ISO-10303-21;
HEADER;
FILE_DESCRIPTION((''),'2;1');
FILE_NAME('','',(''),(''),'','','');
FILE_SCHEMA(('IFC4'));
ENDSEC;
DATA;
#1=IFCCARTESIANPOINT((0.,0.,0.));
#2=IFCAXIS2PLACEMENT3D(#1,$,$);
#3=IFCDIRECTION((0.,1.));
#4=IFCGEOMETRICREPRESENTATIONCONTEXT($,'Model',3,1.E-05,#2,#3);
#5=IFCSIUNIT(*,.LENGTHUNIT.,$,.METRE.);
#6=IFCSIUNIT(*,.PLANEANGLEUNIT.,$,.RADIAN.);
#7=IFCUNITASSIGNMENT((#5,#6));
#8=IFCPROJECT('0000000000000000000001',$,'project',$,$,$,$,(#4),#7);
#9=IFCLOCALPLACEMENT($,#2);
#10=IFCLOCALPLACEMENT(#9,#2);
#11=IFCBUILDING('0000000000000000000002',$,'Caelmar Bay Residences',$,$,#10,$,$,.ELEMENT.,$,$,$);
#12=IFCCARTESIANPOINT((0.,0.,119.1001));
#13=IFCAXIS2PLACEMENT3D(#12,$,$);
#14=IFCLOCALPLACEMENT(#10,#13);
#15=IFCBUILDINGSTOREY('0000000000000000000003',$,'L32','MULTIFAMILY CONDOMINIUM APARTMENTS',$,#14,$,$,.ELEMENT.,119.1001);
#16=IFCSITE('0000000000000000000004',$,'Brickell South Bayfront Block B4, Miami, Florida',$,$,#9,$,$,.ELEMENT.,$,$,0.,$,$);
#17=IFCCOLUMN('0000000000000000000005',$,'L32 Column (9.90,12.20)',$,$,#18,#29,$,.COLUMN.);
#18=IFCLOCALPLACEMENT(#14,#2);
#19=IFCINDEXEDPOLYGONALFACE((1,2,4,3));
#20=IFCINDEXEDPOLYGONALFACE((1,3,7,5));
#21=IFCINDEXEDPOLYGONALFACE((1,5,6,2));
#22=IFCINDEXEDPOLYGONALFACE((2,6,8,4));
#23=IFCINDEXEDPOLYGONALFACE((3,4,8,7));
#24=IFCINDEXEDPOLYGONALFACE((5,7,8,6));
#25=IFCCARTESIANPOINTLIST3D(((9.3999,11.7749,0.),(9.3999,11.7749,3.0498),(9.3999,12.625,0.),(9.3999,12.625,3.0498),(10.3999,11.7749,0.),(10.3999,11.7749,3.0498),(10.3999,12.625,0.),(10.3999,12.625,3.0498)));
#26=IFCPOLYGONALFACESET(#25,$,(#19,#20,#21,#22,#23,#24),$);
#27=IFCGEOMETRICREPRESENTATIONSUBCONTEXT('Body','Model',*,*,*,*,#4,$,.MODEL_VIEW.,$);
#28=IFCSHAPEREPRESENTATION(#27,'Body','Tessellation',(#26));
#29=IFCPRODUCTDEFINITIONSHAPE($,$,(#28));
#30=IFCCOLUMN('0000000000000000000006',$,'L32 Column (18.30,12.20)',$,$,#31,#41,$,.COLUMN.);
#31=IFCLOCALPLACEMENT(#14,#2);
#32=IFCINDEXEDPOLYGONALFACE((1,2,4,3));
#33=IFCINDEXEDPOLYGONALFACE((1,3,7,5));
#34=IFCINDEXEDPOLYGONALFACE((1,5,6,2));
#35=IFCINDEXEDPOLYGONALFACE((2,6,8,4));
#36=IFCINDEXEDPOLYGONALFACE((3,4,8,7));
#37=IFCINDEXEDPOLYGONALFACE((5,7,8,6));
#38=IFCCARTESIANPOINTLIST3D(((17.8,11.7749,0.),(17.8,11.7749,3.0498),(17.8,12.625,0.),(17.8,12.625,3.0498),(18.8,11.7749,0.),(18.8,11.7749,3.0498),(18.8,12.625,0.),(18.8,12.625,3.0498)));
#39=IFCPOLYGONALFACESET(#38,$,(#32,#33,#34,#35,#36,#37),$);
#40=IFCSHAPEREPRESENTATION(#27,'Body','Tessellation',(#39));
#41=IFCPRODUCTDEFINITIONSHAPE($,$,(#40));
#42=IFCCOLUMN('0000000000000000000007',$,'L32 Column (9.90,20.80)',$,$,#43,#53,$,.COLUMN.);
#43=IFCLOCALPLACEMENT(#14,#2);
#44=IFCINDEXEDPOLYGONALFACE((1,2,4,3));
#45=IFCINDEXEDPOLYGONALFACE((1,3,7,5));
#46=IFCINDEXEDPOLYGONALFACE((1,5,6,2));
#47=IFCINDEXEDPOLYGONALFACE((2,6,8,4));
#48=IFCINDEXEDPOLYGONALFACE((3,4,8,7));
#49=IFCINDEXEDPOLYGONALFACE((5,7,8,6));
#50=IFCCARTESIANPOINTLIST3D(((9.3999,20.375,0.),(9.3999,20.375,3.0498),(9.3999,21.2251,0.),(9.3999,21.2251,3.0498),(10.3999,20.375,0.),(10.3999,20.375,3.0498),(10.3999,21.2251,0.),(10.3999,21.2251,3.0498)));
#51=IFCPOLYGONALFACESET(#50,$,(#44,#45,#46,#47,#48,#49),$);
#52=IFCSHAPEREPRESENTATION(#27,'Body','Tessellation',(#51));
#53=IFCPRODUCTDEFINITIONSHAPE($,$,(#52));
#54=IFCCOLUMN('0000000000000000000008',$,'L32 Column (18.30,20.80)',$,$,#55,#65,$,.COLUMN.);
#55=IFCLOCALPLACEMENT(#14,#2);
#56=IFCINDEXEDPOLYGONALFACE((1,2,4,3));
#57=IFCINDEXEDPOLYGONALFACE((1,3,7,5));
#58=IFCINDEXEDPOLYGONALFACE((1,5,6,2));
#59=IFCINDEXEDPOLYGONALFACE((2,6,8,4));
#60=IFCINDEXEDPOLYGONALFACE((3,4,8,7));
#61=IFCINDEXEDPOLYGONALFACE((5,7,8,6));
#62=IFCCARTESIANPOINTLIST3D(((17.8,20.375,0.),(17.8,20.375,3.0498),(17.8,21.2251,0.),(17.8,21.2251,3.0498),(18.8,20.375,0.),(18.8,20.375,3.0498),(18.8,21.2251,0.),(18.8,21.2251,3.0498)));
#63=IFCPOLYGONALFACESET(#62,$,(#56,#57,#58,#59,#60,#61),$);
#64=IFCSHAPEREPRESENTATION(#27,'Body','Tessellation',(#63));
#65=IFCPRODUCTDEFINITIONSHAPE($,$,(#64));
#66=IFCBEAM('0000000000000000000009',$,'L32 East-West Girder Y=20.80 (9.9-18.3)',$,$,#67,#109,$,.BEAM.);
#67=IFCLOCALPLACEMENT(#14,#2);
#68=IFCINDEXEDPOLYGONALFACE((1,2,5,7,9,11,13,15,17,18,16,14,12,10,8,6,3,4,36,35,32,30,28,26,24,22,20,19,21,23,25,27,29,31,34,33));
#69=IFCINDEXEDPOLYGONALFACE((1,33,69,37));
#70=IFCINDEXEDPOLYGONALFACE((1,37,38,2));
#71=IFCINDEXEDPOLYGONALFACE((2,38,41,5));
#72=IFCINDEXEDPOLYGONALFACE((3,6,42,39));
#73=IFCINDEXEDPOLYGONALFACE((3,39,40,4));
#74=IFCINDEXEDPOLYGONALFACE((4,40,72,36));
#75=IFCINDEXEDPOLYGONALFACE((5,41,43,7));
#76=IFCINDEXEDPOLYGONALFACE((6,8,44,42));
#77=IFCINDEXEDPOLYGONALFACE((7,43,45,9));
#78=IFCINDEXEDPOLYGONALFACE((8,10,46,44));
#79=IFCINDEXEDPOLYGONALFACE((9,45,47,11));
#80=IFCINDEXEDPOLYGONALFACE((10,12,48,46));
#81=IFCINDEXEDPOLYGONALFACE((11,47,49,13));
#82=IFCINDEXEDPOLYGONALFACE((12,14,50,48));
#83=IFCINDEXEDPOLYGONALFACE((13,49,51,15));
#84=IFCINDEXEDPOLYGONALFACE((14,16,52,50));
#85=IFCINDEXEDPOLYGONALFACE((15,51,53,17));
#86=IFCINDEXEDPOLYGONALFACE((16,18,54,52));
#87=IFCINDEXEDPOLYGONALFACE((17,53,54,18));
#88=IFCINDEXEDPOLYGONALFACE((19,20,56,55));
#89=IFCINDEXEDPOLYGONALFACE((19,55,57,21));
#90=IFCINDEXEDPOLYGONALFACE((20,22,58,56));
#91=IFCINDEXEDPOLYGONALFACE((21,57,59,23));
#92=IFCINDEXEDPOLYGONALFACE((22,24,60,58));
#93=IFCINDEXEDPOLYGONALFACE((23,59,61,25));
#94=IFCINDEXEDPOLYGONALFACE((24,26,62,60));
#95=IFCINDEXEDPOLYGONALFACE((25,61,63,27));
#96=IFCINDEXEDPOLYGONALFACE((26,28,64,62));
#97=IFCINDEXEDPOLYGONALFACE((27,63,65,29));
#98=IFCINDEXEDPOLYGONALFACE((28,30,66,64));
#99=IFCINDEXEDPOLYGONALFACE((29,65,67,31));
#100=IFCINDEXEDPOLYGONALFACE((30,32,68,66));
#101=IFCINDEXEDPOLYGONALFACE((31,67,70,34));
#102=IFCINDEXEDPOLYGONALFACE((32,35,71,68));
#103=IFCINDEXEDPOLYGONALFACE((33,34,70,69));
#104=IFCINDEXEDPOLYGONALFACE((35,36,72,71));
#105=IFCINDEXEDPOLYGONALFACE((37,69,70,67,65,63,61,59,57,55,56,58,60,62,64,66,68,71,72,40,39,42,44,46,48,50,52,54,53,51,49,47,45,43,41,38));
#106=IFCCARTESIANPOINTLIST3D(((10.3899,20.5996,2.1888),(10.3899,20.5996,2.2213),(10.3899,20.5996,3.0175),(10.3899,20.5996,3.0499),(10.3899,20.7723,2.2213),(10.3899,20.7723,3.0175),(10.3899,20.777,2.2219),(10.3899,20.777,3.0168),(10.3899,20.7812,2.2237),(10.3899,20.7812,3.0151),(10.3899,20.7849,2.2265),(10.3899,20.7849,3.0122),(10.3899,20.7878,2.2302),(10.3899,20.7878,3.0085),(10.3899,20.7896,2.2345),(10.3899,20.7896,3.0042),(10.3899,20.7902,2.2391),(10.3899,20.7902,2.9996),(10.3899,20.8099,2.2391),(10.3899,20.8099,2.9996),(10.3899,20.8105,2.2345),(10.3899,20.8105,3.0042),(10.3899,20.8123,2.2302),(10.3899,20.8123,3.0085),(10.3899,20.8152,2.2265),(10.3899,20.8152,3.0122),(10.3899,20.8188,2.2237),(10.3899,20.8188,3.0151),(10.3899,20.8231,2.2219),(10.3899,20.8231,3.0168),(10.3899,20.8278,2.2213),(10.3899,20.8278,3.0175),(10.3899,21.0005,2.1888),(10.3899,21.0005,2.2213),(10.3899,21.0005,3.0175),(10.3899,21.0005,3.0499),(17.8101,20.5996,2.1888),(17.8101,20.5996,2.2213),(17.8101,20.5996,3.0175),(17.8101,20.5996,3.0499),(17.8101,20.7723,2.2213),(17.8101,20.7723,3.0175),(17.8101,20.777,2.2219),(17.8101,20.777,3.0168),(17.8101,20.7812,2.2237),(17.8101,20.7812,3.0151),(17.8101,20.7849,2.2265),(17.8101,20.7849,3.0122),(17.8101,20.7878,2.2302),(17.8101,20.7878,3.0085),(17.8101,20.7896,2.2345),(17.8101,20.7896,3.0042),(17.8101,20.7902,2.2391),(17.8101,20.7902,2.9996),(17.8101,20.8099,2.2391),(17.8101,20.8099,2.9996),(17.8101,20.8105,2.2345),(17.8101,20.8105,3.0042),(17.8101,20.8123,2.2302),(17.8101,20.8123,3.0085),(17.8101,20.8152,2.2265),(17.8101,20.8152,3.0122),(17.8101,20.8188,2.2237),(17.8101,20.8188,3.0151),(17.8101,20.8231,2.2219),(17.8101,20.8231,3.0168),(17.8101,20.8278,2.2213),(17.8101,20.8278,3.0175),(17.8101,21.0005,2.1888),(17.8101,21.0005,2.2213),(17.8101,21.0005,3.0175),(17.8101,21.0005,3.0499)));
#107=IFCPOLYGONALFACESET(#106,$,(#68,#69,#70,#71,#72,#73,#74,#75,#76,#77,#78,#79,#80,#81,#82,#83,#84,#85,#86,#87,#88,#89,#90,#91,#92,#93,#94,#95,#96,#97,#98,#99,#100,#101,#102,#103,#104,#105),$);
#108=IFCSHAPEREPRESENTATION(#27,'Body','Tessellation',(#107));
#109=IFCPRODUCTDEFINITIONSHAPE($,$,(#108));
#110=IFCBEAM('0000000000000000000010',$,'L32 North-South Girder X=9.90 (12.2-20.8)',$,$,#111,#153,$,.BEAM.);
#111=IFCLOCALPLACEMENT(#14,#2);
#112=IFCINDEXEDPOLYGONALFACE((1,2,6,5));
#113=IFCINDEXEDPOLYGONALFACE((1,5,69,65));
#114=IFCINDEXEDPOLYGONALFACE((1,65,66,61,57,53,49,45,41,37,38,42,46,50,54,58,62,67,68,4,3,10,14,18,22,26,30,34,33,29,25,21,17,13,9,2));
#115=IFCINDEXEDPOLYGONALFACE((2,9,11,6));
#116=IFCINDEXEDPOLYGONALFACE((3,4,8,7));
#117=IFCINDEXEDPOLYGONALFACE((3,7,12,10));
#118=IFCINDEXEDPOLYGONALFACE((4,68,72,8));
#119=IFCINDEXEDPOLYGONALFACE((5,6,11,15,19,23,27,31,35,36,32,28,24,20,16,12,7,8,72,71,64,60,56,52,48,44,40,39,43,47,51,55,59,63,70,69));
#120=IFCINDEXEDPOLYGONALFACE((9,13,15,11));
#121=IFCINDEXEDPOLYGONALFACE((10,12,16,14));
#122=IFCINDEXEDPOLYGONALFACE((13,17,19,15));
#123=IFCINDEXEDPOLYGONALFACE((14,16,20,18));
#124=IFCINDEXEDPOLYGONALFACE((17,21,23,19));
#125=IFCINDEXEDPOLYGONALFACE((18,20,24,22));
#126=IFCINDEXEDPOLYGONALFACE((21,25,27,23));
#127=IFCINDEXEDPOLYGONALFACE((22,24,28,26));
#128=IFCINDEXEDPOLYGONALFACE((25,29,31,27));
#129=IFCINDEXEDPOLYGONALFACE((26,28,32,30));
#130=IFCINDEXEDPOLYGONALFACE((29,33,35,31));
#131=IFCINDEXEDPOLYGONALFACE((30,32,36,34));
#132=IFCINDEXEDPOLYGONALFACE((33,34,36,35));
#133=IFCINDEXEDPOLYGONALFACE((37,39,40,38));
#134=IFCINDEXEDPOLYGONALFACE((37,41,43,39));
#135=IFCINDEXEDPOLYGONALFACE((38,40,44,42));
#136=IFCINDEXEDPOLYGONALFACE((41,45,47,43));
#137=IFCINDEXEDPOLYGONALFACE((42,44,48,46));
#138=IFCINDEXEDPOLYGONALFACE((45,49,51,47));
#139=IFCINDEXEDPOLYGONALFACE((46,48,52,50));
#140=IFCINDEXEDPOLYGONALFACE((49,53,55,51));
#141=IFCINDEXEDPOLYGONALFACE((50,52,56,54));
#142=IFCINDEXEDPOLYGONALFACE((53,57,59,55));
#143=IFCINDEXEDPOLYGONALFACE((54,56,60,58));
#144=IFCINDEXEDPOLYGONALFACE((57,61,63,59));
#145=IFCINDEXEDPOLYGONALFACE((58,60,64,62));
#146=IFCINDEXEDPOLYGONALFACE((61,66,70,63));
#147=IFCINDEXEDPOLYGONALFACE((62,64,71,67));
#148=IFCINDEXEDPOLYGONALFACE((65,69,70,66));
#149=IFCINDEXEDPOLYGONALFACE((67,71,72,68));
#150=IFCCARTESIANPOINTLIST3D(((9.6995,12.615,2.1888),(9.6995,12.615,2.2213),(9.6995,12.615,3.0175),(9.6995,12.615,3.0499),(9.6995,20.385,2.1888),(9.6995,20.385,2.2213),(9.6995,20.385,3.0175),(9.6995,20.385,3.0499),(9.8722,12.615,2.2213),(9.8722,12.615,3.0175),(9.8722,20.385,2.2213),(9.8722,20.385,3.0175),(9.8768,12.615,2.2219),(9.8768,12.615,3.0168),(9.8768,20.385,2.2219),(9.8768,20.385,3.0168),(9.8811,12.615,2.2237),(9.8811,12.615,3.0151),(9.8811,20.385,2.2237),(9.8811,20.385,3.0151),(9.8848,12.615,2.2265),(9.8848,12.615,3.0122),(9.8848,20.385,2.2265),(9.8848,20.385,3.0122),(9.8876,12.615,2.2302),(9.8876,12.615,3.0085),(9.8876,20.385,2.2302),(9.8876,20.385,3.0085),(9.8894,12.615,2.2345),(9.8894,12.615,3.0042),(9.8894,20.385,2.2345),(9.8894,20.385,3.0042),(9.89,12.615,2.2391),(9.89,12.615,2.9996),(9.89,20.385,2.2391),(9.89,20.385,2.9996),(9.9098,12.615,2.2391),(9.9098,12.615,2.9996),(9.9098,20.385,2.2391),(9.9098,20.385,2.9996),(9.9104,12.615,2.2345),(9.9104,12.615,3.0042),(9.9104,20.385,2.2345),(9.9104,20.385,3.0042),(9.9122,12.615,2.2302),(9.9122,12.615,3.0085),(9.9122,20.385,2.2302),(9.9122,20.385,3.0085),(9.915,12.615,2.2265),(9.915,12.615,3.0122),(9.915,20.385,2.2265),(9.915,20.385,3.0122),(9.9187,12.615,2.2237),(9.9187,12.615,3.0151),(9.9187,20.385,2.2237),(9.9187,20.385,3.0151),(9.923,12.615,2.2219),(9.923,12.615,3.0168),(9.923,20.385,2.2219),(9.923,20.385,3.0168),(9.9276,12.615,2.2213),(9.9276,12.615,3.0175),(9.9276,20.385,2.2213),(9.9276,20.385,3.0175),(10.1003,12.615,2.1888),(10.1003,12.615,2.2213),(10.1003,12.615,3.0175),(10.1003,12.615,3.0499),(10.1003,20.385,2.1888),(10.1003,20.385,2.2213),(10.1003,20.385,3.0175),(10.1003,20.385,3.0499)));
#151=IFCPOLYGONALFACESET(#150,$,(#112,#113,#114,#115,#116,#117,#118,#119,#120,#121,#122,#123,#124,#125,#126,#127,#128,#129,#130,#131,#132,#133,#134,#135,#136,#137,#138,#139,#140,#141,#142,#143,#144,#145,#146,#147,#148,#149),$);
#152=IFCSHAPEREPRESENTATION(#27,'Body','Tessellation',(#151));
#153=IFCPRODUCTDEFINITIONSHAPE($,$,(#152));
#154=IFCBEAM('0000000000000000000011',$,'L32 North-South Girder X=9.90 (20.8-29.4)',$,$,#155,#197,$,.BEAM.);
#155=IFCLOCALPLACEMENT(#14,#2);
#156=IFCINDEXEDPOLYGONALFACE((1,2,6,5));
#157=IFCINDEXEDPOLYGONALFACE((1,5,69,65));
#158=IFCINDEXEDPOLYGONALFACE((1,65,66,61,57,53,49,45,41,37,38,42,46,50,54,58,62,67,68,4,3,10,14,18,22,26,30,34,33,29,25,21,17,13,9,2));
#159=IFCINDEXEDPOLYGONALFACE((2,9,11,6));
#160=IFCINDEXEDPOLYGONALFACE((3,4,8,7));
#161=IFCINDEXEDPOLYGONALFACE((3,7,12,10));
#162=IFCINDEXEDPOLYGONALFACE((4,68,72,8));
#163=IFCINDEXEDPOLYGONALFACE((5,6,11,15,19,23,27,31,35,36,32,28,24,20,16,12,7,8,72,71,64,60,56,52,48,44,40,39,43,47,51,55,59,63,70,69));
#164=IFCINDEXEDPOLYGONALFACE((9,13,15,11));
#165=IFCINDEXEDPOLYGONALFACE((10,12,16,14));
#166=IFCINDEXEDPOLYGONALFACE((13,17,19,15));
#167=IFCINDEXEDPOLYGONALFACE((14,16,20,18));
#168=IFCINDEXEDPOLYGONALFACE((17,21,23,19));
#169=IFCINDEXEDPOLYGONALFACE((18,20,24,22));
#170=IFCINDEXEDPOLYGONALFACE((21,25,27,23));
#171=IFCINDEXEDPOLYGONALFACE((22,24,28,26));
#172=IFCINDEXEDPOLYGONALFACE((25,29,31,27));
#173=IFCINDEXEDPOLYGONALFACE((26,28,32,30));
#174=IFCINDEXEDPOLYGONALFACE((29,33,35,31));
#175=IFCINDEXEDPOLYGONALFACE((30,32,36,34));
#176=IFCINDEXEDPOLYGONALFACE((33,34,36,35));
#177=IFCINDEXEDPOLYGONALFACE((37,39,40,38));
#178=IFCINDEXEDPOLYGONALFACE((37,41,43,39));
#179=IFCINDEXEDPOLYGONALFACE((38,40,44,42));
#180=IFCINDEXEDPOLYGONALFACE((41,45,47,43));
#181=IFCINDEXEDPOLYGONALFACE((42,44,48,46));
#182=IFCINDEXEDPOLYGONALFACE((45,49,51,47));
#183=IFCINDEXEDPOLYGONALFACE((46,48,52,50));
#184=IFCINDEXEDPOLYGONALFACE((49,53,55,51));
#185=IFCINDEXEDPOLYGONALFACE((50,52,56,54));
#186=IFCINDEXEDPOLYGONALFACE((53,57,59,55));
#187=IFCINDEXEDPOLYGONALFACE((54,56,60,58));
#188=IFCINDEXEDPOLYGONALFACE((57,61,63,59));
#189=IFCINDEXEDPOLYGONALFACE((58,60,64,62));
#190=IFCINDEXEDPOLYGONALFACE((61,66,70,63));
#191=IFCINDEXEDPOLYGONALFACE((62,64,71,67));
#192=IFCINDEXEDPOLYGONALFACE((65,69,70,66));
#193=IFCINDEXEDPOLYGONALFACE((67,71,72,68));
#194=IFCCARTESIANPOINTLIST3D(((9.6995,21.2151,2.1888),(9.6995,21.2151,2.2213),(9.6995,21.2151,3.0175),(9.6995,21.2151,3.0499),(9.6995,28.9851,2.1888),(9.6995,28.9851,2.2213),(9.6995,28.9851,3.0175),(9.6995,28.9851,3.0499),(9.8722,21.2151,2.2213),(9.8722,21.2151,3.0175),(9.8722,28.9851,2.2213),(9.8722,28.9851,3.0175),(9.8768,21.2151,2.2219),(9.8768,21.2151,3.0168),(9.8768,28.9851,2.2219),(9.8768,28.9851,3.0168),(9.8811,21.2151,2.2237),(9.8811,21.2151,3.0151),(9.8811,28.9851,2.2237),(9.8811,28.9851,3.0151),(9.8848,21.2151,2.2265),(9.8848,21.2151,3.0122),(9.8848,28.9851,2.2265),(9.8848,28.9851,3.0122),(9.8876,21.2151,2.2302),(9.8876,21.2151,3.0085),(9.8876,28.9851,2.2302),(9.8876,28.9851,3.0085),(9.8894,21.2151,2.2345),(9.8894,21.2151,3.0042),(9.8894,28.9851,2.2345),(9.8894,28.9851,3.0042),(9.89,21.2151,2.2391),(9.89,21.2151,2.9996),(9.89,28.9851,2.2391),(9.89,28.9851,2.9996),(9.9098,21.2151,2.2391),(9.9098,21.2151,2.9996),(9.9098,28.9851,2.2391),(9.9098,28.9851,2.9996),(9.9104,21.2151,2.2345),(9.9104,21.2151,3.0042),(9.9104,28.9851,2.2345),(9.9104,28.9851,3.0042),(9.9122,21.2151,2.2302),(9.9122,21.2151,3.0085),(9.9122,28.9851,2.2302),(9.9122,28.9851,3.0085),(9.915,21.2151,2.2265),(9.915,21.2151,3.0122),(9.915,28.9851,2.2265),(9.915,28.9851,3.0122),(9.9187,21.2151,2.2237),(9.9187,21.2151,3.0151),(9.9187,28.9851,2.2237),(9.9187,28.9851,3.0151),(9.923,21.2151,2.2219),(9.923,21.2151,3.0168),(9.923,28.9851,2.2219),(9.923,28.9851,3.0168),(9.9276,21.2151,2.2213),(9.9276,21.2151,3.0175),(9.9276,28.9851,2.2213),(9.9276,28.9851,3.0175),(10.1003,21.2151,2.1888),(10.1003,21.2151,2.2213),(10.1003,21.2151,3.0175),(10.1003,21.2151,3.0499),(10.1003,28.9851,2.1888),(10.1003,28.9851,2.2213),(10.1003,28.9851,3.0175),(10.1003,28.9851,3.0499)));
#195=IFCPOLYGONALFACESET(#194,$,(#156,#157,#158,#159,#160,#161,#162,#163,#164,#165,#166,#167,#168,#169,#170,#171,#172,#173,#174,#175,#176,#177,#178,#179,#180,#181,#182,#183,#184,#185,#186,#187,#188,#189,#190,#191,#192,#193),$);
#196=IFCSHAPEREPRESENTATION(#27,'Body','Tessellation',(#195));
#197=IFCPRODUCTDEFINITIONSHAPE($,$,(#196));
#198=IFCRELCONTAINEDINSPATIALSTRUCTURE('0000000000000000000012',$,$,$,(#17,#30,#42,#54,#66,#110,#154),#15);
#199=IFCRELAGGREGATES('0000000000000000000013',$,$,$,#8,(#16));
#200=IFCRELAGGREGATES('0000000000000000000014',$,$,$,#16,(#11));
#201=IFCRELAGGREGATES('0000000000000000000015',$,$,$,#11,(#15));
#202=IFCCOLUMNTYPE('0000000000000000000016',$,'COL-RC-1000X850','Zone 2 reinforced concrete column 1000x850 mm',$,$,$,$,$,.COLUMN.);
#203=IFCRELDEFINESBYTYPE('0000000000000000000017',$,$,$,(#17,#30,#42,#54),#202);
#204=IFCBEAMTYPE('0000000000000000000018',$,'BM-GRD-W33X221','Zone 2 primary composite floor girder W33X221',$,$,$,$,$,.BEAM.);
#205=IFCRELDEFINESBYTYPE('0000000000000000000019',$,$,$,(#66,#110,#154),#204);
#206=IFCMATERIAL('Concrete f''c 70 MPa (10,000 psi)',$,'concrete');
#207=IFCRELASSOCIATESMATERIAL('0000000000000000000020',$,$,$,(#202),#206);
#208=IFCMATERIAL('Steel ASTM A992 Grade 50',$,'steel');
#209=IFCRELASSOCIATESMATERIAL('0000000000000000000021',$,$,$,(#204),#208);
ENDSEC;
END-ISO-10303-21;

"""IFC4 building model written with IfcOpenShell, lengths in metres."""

from ifc_helpers import new_model, si_unit, direction, frame, origin, origin_2d, place, context, subcontext, project, spatial, rectangle, i_section, extrude, material, material_profile, profile_set, type_object, element, save


model = new_model("IFC4")

# Units and contexts
model_context = context("Model", 3, precision=1e-05, world=origin(), true_north=direction((0.0, 1.0)))
body_context = subcontext(model_context, "Body", "Model", "MODEL_VIEW")
ifc_project = project(units=[si_unit("LENGTHUNIT", "METRE"), si_unit("PLANEANGLEUNIT", "RADIAN")], contexts=[model_context])

# Site, building, storey
site_placement = place(None, origin())
site = spatial("IfcSite", under=ifc_project, at=site_placement, Name="Brickell South Bayfront Block B4, Miami, Florida", CompositionType="ELEMENT", RefElevation=0.0)
building_placement = place(site_placement, origin())
building = spatial("IfcBuilding", under=site, at=building_placement, Name="Caelmar Bay Residences", CompositionType="ELEMENT")
storey_placement = place(building_placement, frame((0.0, 0.0, 119.1001)))
storey = spatial("IfcBuildingStorey", under=building, at=storey_placement, Name="L32", Description="MULTIFAMILY CONDOMINIUM APARTMENTS", CompositionType="ELEMENT", Elevation=119.1001)

# Columns
ifc_material_1 = material(Name="Concrete f'c 70 MPa (10,000 psi)", Category="concrete")
ifc_material_profile_1 = material_profile(ifc_material_1, rectangle(XDim=1.0, YDim=0.8501, at=origin_2d()), Name="RC-COL-1000X850")
ifc_profile_set_1 = profile_set([ifc_material_profile_1], Name="Concrete f'c 70 MPa (10,000 psi)")
column_type = type_object("IfcColumnType", Name="COL-RC-1000X850", Description="Zone 2 reinforced concrete column 1000x850 mm", PredefinedType="COLUMN", material=ifc_profile_set_1)
for number, where, z_axis, x_axis, name in (
    (1, (9.8999, 12.2, 0.0), (0.0, 0.0, 1.0), (1.0, 0.0, 0.0), "L32 Column (9.90,12.20)"),
    (2, (18.3, 12.2, 0.0), (0.0, 0.0, 1.0), (1.0, 0.0, 0.0), "L32 Column (18.30,12.20)"),
    (3, (9.8999, 20.8, 0.0), (0.0, 0.0, 1.0), (1.0, 0.0, 0.0), "L32 Column (9.90,20.80)"),
    (4, (18.3, 20.8, 0.0), (0.0, 0.0, 1.0), (1.0, 0.0, 0.0), "L32 Column (18.30,20.80)"),
):
    element("IfcColumn", number, at=place(storey_placement, frame(where, z_axis=z_axis, x_axis=x_axis)), inside=storey, type_object=column_type, Name=name, PredefinedType="COLUMN", context=body_context, shape_type="SweptSolid", body=[
        extrude(rectangle(XDim=1.0, YDim=0.8501, at=origin_2d()), origin(), (0.0, 0.0, 1.0), 3.0498),
    ])

# Beams
ifc_material_2 = material(Name="Steel ASTM A992 Grade 50", Category="steel")
ifc_material_profile_2 = material_profile(ifc_material_2, i_section(OverallWidth=0.4009, OverallDepth=0.8611, WebThickness=0.0198, FlangeThickness=0.0325, FilletRadius=0.0178, at=origin_2d()), Name="W33X221")
ifc_profile_set_2 = profile_set([ifc_material_profile_2], Name="Steel ASTM A992 Grade 50")
beam_type_1 = type_object("IfcBeamType", Name="BM-GRD-W33X221", Description="Zone 2 primary composite floor girder W33X221", PredefinedType="BEAM", material=ifc_profile_set_2)
beam_1_placement = place(storey_placement, frame((10.3899, 20.8, 2.6194), z_axis=(1.0, 0.0, 0.0), x_axis=(0.0, 1.0, 0.0)))
element("IfcBeam", 5, at=beam_1_placement, inside=storey, type_object=beam_type_1, Name="L32 East-West Girder Y=20.80 (9.9-18.3)", PredefinedType="BEAM", context=body_context, shape_type="SweptSolid", body=[
    extrude(i_section(OverallWidth=0.4009, OverallDepth=0.8611, WebThickness=0.0198, FlangeThickness=0.0325, FilletRadius=0.0178, at=origin_2d()), origin(), (0.0, 0.0, 1.0), 7.4202),
])
for number, where, z_axis, x_axis, name in (
    (6, (9.8999, 12.615, 2.6194), (0.0, 1.0, 0.0), (-1.0, 0.0, 0.0), "L32 North-South Girder X=9.90 (12.2-20.8)"),
    (7, (9.8999, 21.2151, 2.6194), (0.0, 1.0, 0.0), (-1.0, 0.0, 0.0), "L32 North-South Girder X=9.90 (20.8-29.4)"),
):
    element("IfcBeam", number, at=place(storey_placement, frame(where, z_axis=z_axis, x_axis=x_axis)), inside=storey, type_object=beam_type_1, Name=name, PredefinedType="BEAM", context=body_context, shape_type="SweptSolid", body=[
        extrude(i_section(OverallWidth=0.4009, OverallDepth=0.8611, WebThickness=0.0198, FlangeThickness=0.0325, FilletRadius=0.0178, at=origin_2d()), origin(), (0.0, 0.0, 1.0), 7.77),
    ])

save(model, "model.ifc")
